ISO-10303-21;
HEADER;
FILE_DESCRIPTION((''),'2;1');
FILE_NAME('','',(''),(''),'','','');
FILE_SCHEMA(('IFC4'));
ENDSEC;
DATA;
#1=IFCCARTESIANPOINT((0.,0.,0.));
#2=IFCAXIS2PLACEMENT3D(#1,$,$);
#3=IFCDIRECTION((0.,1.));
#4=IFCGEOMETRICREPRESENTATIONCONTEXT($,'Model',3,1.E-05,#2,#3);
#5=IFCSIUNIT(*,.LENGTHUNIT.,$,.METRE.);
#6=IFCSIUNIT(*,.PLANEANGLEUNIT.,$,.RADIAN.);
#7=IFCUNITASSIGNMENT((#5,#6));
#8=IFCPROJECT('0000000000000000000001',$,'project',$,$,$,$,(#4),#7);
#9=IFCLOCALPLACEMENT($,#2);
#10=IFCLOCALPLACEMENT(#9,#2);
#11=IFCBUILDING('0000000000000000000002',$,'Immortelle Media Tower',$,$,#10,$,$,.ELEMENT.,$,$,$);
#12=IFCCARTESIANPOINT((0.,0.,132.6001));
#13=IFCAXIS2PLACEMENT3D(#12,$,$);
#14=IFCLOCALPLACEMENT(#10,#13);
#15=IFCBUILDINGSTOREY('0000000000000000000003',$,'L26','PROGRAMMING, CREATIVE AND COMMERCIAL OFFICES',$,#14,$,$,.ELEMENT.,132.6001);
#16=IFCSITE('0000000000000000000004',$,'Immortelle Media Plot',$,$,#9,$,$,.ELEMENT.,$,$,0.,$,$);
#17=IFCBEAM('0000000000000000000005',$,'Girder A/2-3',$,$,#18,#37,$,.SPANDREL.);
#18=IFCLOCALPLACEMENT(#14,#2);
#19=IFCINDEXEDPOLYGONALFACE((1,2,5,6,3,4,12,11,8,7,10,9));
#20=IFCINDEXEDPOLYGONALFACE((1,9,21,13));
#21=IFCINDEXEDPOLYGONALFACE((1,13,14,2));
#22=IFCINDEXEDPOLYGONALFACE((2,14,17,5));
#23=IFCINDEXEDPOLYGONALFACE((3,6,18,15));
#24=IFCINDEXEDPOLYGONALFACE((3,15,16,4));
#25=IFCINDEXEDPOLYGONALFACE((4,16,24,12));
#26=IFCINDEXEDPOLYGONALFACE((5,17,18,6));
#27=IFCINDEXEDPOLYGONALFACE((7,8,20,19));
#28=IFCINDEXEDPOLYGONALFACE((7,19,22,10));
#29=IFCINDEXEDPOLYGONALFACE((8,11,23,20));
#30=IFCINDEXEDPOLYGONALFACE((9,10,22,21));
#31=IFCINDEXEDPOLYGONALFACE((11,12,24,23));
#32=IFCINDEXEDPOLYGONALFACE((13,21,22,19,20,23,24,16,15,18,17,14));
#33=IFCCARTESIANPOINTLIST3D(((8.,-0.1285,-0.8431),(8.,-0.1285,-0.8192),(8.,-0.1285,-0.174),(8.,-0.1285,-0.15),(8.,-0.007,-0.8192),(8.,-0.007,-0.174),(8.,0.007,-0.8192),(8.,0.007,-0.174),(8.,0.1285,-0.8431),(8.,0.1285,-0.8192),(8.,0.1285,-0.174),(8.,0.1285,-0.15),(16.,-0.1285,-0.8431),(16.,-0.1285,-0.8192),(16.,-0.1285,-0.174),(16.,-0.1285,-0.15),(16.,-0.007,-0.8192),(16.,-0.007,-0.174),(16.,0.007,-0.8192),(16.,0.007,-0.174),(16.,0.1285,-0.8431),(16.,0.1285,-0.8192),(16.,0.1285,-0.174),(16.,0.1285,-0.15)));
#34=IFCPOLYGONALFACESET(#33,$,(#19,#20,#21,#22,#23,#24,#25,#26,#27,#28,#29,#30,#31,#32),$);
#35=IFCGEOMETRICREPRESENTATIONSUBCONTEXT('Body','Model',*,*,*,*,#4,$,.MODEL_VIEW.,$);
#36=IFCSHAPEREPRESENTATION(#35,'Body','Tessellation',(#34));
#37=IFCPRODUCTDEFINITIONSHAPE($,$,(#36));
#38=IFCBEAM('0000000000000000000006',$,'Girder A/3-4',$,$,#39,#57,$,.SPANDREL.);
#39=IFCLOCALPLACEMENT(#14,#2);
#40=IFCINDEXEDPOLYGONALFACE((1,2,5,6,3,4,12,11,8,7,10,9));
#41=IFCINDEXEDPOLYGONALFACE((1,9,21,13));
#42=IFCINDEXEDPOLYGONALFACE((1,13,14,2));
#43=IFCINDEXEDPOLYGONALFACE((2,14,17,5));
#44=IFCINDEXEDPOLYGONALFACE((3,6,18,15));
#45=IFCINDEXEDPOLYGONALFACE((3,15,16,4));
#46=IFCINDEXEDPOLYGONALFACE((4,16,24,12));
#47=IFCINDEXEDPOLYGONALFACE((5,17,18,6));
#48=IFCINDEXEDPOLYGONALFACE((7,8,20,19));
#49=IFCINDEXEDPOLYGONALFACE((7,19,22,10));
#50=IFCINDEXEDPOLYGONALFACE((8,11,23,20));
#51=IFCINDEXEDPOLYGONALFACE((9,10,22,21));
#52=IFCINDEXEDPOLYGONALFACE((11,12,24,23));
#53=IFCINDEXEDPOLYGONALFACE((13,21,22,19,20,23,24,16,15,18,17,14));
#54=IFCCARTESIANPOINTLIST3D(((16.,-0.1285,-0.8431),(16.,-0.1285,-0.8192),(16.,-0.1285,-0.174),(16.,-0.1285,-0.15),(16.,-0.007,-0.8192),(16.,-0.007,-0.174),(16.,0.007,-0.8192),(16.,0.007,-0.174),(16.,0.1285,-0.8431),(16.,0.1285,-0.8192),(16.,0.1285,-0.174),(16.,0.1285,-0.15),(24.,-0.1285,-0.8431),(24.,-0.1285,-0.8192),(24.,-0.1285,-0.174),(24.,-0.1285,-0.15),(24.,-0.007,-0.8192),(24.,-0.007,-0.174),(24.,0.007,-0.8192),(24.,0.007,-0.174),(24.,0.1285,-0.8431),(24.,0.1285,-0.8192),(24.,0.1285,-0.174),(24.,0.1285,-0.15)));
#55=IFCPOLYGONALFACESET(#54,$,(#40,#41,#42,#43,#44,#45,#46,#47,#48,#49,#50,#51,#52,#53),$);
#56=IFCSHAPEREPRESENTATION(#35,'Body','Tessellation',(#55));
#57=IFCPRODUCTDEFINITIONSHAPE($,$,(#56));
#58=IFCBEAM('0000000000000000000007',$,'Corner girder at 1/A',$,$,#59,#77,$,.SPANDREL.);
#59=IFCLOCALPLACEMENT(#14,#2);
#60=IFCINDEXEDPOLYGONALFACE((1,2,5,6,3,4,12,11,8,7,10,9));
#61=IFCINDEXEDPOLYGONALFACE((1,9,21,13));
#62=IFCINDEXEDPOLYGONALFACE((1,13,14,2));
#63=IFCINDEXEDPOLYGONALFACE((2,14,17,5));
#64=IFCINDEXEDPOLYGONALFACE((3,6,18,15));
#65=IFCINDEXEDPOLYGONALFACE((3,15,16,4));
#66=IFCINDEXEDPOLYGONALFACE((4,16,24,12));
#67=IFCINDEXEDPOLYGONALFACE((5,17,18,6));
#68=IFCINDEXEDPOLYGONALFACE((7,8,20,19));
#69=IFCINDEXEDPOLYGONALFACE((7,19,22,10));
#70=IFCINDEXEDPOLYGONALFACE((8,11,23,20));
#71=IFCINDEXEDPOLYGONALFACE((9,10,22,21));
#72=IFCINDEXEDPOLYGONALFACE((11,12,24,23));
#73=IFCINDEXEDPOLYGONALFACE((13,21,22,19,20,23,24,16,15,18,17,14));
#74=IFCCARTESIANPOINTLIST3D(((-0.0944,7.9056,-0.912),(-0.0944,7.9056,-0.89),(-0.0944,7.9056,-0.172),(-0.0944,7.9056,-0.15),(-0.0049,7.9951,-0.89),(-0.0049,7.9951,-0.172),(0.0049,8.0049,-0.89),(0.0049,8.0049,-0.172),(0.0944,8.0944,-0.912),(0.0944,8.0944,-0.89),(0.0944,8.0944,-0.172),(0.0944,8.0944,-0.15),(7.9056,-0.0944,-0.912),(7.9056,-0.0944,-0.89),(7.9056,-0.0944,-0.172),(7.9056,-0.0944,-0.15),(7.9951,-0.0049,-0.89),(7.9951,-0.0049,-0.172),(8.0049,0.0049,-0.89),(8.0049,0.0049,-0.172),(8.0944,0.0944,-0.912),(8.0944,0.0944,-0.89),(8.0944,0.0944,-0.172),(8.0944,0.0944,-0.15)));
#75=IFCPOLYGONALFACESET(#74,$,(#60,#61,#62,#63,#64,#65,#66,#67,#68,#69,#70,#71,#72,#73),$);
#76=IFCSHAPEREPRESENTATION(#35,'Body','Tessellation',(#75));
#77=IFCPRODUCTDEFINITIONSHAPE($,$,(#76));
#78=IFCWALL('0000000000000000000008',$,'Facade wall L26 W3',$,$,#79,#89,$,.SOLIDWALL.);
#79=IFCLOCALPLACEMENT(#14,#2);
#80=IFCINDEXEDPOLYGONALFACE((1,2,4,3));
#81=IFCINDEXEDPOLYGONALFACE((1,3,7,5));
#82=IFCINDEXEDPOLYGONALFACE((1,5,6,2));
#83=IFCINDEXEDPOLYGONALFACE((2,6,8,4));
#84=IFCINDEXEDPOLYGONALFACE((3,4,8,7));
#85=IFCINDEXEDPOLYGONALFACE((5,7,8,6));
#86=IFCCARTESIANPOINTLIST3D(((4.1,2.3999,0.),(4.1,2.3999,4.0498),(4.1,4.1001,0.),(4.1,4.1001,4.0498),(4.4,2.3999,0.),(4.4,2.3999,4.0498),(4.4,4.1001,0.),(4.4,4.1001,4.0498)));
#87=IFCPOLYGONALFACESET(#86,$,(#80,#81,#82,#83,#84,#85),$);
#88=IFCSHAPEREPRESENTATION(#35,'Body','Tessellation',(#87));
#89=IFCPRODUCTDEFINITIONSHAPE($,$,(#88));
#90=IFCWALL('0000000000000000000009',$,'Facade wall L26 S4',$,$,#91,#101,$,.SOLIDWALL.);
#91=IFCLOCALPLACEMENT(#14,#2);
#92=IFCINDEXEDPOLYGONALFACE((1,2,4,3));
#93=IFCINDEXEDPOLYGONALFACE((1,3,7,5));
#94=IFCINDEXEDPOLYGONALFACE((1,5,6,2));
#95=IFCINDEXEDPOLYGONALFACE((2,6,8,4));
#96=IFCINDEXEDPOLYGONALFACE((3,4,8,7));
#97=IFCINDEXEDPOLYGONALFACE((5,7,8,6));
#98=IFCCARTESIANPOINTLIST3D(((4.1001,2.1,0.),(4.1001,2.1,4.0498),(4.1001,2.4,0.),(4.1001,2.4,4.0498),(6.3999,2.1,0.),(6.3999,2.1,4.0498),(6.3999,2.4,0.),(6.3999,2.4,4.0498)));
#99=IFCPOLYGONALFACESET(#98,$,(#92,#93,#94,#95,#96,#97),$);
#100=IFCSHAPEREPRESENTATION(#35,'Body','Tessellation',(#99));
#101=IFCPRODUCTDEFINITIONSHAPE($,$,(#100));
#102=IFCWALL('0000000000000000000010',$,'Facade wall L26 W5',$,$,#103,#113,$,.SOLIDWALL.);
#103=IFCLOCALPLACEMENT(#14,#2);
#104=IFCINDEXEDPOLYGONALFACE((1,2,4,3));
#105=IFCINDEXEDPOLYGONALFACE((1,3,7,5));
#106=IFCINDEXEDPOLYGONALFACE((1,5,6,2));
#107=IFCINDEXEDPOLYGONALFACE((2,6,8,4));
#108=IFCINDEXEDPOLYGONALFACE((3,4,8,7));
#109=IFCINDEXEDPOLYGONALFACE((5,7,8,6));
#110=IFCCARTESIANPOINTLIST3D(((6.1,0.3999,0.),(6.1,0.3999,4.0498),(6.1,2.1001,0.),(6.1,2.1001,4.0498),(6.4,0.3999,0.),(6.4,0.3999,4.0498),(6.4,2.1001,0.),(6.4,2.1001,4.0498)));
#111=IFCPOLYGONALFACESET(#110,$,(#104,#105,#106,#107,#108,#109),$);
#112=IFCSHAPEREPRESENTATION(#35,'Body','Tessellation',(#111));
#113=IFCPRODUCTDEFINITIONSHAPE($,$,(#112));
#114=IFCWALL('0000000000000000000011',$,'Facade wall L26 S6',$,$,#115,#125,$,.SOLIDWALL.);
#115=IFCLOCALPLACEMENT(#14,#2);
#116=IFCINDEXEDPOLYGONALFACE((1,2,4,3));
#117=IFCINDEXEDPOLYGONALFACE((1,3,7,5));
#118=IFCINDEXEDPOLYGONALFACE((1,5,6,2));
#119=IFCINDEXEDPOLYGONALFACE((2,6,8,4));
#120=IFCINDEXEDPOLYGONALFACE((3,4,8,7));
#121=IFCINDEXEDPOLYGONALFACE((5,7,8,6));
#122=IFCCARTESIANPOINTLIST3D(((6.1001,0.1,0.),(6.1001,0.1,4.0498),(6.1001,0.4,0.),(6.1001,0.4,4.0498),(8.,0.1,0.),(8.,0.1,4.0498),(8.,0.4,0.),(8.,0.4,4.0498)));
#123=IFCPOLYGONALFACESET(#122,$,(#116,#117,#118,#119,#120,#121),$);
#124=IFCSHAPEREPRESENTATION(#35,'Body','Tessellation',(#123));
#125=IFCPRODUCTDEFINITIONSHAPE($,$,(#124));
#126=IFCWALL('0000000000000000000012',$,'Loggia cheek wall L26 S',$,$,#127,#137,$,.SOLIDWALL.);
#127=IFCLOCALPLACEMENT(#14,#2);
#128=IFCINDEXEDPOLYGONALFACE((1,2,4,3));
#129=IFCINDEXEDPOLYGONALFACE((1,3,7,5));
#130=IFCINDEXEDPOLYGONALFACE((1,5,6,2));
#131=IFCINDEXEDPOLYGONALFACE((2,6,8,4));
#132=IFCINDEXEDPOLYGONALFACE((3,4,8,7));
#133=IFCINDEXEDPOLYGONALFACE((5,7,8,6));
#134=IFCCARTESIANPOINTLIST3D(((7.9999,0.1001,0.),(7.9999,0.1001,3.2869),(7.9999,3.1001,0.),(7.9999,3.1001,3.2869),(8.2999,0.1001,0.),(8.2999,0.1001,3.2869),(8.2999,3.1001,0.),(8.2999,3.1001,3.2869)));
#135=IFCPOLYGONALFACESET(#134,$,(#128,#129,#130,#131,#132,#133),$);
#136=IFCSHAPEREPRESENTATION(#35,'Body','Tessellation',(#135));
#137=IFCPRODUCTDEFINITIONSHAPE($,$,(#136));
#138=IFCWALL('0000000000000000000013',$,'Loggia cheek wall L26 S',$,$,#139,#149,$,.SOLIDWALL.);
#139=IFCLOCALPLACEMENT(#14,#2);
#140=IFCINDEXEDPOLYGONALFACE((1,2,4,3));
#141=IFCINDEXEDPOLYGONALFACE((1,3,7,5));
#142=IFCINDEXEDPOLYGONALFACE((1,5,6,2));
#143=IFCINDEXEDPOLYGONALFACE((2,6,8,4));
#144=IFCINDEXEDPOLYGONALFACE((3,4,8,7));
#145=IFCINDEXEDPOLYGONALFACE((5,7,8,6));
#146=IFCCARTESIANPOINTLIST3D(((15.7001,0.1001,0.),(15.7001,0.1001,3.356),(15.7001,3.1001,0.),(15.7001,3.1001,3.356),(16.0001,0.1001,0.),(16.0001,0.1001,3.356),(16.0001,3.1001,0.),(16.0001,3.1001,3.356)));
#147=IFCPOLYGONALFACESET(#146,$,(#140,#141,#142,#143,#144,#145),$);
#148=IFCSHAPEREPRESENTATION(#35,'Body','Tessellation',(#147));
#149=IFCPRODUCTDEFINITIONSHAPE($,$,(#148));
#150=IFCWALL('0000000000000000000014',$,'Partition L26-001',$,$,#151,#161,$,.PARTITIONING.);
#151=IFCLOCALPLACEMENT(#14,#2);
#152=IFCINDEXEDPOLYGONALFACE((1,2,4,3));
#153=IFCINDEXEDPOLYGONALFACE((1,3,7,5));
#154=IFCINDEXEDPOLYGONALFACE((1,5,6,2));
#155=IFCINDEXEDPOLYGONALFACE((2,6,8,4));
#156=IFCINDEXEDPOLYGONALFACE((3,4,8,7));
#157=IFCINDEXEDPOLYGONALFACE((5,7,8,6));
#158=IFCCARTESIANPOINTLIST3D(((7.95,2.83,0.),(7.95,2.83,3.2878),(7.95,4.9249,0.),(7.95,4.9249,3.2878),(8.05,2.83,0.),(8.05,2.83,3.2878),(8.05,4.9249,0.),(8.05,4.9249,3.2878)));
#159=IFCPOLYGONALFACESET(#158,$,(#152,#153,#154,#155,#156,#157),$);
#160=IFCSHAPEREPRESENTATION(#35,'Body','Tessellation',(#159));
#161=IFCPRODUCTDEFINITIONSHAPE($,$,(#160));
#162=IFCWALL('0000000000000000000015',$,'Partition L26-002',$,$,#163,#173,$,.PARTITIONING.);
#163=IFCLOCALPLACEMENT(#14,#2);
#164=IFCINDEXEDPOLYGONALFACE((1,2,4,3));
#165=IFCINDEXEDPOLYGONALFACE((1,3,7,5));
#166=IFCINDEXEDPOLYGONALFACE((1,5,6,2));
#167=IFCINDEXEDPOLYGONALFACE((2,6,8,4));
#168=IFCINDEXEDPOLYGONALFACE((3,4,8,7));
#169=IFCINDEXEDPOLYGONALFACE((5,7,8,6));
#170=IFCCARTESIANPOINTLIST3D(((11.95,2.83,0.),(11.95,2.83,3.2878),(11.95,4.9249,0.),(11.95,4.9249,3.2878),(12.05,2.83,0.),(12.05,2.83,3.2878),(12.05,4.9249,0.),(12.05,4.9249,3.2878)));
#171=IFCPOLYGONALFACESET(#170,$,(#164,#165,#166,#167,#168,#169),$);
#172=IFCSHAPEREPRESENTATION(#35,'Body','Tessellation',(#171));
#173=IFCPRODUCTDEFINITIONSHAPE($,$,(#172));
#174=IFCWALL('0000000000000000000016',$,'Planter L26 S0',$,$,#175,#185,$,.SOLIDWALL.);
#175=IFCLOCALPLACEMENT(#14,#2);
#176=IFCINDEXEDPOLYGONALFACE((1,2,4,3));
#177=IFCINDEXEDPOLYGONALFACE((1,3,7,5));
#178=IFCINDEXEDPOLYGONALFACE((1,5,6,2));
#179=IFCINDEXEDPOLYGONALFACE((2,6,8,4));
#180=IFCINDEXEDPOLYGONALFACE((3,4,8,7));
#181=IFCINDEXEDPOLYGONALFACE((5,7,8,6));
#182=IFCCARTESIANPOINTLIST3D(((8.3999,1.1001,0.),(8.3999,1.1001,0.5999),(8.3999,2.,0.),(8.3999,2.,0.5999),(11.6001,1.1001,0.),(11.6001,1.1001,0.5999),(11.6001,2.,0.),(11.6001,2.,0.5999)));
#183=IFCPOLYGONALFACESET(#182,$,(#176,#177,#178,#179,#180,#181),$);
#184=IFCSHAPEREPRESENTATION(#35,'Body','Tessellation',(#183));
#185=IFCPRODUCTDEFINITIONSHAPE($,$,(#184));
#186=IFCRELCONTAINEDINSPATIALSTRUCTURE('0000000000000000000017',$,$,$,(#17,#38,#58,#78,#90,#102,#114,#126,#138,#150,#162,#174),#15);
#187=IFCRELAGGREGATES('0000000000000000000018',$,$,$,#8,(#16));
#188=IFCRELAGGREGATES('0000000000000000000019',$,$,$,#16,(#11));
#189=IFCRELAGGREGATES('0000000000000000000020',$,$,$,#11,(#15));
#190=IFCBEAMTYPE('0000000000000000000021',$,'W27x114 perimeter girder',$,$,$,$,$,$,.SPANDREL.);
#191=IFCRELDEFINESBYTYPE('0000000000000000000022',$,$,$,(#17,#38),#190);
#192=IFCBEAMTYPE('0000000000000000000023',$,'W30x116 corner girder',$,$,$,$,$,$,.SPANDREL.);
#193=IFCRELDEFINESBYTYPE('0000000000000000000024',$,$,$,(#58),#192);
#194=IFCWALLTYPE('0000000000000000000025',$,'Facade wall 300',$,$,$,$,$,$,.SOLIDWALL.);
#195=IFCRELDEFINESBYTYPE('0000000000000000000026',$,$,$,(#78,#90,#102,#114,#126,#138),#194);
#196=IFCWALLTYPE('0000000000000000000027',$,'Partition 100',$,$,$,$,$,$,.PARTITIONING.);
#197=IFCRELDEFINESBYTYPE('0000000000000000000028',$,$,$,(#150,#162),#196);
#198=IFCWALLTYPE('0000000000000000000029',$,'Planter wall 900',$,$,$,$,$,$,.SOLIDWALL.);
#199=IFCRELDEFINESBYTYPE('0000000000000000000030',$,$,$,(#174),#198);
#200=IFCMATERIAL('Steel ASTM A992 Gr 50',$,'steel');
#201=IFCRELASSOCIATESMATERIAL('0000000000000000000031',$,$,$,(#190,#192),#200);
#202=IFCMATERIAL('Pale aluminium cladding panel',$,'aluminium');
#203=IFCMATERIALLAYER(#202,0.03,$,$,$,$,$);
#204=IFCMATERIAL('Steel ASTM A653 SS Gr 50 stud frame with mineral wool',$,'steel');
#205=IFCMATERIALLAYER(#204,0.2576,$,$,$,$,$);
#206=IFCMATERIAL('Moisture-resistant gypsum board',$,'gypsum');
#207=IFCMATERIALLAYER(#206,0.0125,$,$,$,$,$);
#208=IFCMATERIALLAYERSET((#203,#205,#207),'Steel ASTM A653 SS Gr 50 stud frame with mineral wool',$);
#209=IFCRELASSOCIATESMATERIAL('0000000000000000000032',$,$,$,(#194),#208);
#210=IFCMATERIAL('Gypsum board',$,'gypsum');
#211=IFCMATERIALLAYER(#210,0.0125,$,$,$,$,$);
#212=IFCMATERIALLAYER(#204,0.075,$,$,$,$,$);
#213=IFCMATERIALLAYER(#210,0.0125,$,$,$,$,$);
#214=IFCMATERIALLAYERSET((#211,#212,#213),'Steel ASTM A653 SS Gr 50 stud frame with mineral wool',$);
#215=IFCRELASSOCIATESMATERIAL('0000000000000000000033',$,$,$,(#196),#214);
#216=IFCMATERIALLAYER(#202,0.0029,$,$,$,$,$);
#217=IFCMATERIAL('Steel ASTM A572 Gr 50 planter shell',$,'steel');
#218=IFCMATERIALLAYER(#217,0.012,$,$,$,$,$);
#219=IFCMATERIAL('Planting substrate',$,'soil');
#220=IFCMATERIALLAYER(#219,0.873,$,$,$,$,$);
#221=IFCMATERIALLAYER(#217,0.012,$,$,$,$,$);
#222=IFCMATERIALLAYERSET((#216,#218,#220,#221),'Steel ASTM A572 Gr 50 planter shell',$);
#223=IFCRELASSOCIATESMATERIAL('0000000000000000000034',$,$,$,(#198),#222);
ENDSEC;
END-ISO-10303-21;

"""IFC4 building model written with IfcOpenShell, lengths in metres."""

from ifc_helpers import new_model, si_unit, direction, frame, frame_2d, origin, origin_2d, place, context, subcontext, project, spatial, rectangle, i_section, extrude, material, layer, layer_set, material_profile, profile_set, type_object, element, save


model = new_model("IFC4")

# Units and contexts
model_context = context("Model", 3, precision=1e-05, world=origin(), true_north=direction((0.0, 1.0)))
body_context = subcontext(model_context, "Body", "Model", "MODEL_VIEW")
ifc_project = project(units=[si_unit("LENGTHUNIT", "METRE"), si_unit("PLANEANGLEUNIT", "RADIAN")], contexts=[model_context])

# Site, building, storey
site_placement = place(None, origin())
site = spatial("IfcSite", under=ifc_project, at=site_placement, Name="Immortelle Media Plot", CompositionType="ELEMENT", RefElevation=0.0)
building_placement = place(site_placement, origin())
building = spatial("IfcBuilding", under=site, at=building_placement, Name="Immortelle Media Tower", CompositionType="ELEMENT")
storey_placement = place(building_placement, frame((0.0, 0.0, 132.6001)))
storey = spatial("IfcBuildingStorey", under=building, at=storey_placement, Name="L26", Description="PROGRAMMING, CREATIVE AND COMMERCIAL OFFICES", CompositionType="ELEMENT", Elevation=132.6001)

# Shared definitions
ifc_material_1 = material(Name="Steel ASTM A992 Gr 50", Category="steel")

# Beams
ifc_material_profile_1 = material_profile(ifc_material_1, i_section(OverallWidth=0.2571, OverallDepth=0.6931, WebThickness=0.0139, FlangeThickness=0.0239, at=origin_2d()), Name="W27x114")
ifc_profile_set_1 = profile_set([ifc_material_profile_1], Name="Steel ASTM A992 Gr 50")
beam_type_1 = type_object("IfcBeamType", Name="W27x114 perimeter girder", PredefinedType="SPANDREL", material=ifc_profile_set_1)
for number, where, z_axis, x_axis, name in (
    (1, (8.0, 0.0, -0.4966), (1.0, 0.0, 0.0), (0.0, 1.0, 0.0), "Girder A/2-3"),
    (2, (16.0, 0.0, -0.4966), (1.0, 0.0, 0.0), (0.0, 1.0, 0.0), "Girder A/3-4"),
):
    element("IfcBeam", number, at=place(storey_placement, frame(where, z_axis=z_axis, x_axis=x_axis)), inside=storey, type_object=beam_type_1, Name=name, PredefinedType="SPANDREL", context=body_context, shape_type="SweptSolid", body=[
        extrude(i_section(OverallWidth=0.2571, OverallDepth=0.6931, WebThickness=0.0139, FlangeThickness=0.0239, at=origin_2d()), origin(), (0.0, 0.0, 1.0), 8.0),
    ])
ifc_material_profile_2 = material_profile(ifc_material_1, i_section(OverallWidth=0.2671, OverallDepth=0.762, WebThickness=0.0139, FlangeThickness=0.022, at=origin_2d()), Name="W30x116")
ifc_profile_set_2 = profile_set([ifc_material_profile_2], Name="Steel ASTM A992 Gr 50")
beam_type_2 = type_object("IfcBeamType", Name="W30x116 corner girder", PredefinedType="SPANDREL", material=ifc_profile_set_2)
beam_1_placement = place(storey_placement, frame((8.0, 0.0, -0.531), z_axis=(-0.707107, 0.707107, 0.0), x_axis=(-0.707107, -0.707107, 0.0)))
element("IfcBeam", 3, at=beam_1_placement, inside=storey, type_object=beam_type_2, Name="Corner girder at 1/A", PredefinedType="SPANDREL", context=body_context, shape_type="SweptSolid", body=[
    extrude(i_section(OverallWidth=0.2671, OverallDepth=0.762, WebThickness=0.0139, FlangeThickness=0.022, at=origin_2d()), origin(), (0.0, 0.0, 1.0), 11.3137),
])

# Walls
ifc_material_2 = material(Name="Pale aluminium cladding panel", Category="aluminium")
ifc_layer_1 = layer(ifc_material_2, 0.03)
ifc_material_3 = material(Name="Steel ASTM A653 SS Gr 50 stud frame with mineral wool", Category="steel")
ifc_layer_2 = layer(ifc_material_3, 0.2576)
ifc_material_4 = material(Name="Moisture-resistant gypsum board", Category="gypsum")
ifc_layer_3 = layer(ifc_material_4, 0.0125)
ifc_layer_set_1 = layer_set([ifc_layer_1, ifc_layer_2, ifc_layer_3], Name="Steel ASTM A653 SS Gr 50 stud frame with mineral wool")
wall_type_1 = type_object("IfcWallType", Name="Facade wall 300", PredefinedType="SOLIDWALL", material=ifc_layer_set_1)
wall_1_placement = place(storey_placement, frame((4.25, 4.1001, 0.0), z_axis=(0.0, 0.0, 1.0), x_axis=(0.0, -1.0, 0.0)))
element("IfcWall", 4, at=wall_1_placement, inside=storey, type_object=wall_type_1, Name="Facade wall L26 W3", PredefinedType="SOLIDWALL", context=body_context, shape_type="SweptSolid", body=[
    extrude(rectangle(XDim=1.7002, YDim=0.3, at=frame_2d((0.8501, 0.0))), origin(), (0.0, 0.0, 1.0), 4.0498),
])
wall_2_placement = place(storey_placement, frame((4.1001, 2.25, 0.0), z_axis=(0.0, 0.0, 1.0), x_axis=(1.0, 0.0, 0.0)))
element("IfcWall", 5, at=wall_2_placement, inside=storey, type_object=wall_type_1, Name="Facade wall L26 S4", PredefinedType="SOLIDWALL", context=body_context, shape_type="SweptSolid", body=[
    extrude(rectangle(XDim=2.2998, YDim=0.3, at=frame_2d((1.1499, 0.0))), origin(), (0.0, 0.0, 1.0), 4.0498),
])
wall_3_placement = place(storey_placement, frame((6.25, 2.1001, 0.0), z_axis=(0.0, 0.0, 1.0), x_axis=(0.0, -1.0, 0.0)))
element("IfcWall", 6, at=wall_3_placement, inside=storey, type_object=wall_type_1, Name="Facade wall L26 W5", PredefinedType="SOLIDWALL", context=body_context, shape_type="SweptSolid", body=[
    extrude(rectangle(XDim=1.7002, YDim=0.3, at=frame_2d((0.8501, 0.0))), origin(), (0.0, 0.0, 1.0), 4.0498),
])
wall_4_placement = place(storey_placement, frame((6.1001, 0.25, 0.0), z_axis=(0.0, 0.0, 1.0), x_axis=(1.0, 0.0, 0.0)))
element("IfcWall", 7, at=wall_4_placement, inside=storey, type_object=wall_type_1, Name="Facade wall L26 S6", PredefinedType="SOLIDWALL", context=body_context, shape_type="SweptSolid", body=[
    extrude(rectangle(XDim=1.8999, YDim=0.3, at=frame_2d((0.95, 0.0))), origin(), (0.0, 0.0, 1.0), 4.0498),
])

# Walls
wall_5_placement = place(storey_placement, frame((8.1499, 0.1001, 0.0), z_axis=(0.0, 0.0, 1.0), x_axis=(0.0, 1.0, 0.0)))
element("IfcWall", 8, at=wall_5_placement, inside=storey, type_object=wall_type_1, Name="Loggia cheek wall L26 S", PredefinedType="SOLIDWALL", context=body_context, shape_type="SweptSolid", body=[
    extrude(rectangle(XDim=3.0, YDim=0.3, at=frame_2d((1.5, 0.0))), origin(), (0.0, 0.0, 1.0), 3.2869),
])
wall_6_placement = place(storey_placement, frame((15.8501, 0.1001, 0.0), z_axis=(0.0, 0.0, 1.0), x_axis=(0.0, 1.0, 0.0)))
element("IfcWall", 9, at=wall_6_placement, inside=storey, type_object=wall_type_1, Name="Loggia cheek wall L26 S", PredefinedType="SOLIDWALL", context=body_context, shape_type="SweptSolid", body=[
    extrude(rectangle(XDim=3.0, YDim=0.3, at=frame_2d((1.5, 0.0))), origin(), (0.0, 0.0, 1.0), 3.356),
])
ifc_material_5 = material(Name="Gypsum board", Category="gypsum")
ifc_layer_4 = layer(ifc_material_5, 0.0125)
ifc_layer_5 = layer(ifc_material_3, 0.075)
ifc_layer_6 = layer(ifc_material_5, 0.0125)
ifc_layer_set_2 = layer_set([ifc_layer_4, ifc_layer_5, ifc_layer_6], Name="Steel ASTM A653 SS Gr 50 stud frame with mineral wool")
wall_type_2 = type_object("IfcWallType", Name="Partition 100", PredefinedType="PARTITIONING", material=ifc_layer_set_2)
for number, where, z_axis, x_axis, name in (
    (10, (8.0, 2.8301, 0.0), (0.0, 0.0, 1.0), (0.0, 1.0, 0.0), "Partition L26-001"),
    (11, (12.0, 2.8301, 0.0), (0.0, 0.0, 1.0), (0.0, 1.0, 0.0), "Partition L26-002"),
):
    element("IfcWall", number, at=place(storey_placement, frame(where, z_axis=z_axis, x_axis=x_axis)), inside=storey, type_object=wall_type_2, Name=name, PredefinedType="PARTITIONING", context=body_context, shape_type="SweptSolid", body=[
        extrude(rectangle(XDim=2.095, YDim=0.1001, at=frame_2d((1.0474, 0.0))), origin(), (0.0, 0.0, 1.0), 3.2878),
    ])
ifc_layer_7 = layer(ifc_material_2, 0.0029)
ifc_material_6 = material(Name="Steel ASTM A572 Gr 50 planter shell", Category="steel")
ifc_layer_8 = layer(ifc_material_6, 0.012)
ifc_material_7 = material(Name="Planting substrate", Category="soil")
ifc_layer_9 = layer(ifc_material_7, 0.873)
ifc_layer_10 = layer(ifc_material_6, 0.012)
ifc_layer_set_3 = layer_set([ifc_layer_7, ifc_layer_8, ifc_layer_9, ifc_layer_10], Name="Steel ASTM A572 Gr 50 planter shell")
wall_type_3 = type_object("IfcWallType", Name="Planter wall 900", PredefinedType="SOLIDWALL", material=ifc_layer_set_3)
wall_7_placement = place(storey_placement, frame((8.3999, 1.55, 0.0), z_axis=(0.0, 0.0, 1.0), x_axis=(1.0, 0.0, 0.0)))
element("IfcWall", 12, at=wall_7_placement, inside=storey, type_object=wall_type_3, Name="Planter L26 S0", PredefinedType="SOLIDWALL", context=body_context, shape_type="SweptSolid", body=[
    extrude(rectangle(XDim=3.2002, YDim=0.8999, at=frame_2d((1.6001, 0.0))), origin(), (0.0, 0.0, 1.0), 0.5999),
])

save(model, "model.ifc")
